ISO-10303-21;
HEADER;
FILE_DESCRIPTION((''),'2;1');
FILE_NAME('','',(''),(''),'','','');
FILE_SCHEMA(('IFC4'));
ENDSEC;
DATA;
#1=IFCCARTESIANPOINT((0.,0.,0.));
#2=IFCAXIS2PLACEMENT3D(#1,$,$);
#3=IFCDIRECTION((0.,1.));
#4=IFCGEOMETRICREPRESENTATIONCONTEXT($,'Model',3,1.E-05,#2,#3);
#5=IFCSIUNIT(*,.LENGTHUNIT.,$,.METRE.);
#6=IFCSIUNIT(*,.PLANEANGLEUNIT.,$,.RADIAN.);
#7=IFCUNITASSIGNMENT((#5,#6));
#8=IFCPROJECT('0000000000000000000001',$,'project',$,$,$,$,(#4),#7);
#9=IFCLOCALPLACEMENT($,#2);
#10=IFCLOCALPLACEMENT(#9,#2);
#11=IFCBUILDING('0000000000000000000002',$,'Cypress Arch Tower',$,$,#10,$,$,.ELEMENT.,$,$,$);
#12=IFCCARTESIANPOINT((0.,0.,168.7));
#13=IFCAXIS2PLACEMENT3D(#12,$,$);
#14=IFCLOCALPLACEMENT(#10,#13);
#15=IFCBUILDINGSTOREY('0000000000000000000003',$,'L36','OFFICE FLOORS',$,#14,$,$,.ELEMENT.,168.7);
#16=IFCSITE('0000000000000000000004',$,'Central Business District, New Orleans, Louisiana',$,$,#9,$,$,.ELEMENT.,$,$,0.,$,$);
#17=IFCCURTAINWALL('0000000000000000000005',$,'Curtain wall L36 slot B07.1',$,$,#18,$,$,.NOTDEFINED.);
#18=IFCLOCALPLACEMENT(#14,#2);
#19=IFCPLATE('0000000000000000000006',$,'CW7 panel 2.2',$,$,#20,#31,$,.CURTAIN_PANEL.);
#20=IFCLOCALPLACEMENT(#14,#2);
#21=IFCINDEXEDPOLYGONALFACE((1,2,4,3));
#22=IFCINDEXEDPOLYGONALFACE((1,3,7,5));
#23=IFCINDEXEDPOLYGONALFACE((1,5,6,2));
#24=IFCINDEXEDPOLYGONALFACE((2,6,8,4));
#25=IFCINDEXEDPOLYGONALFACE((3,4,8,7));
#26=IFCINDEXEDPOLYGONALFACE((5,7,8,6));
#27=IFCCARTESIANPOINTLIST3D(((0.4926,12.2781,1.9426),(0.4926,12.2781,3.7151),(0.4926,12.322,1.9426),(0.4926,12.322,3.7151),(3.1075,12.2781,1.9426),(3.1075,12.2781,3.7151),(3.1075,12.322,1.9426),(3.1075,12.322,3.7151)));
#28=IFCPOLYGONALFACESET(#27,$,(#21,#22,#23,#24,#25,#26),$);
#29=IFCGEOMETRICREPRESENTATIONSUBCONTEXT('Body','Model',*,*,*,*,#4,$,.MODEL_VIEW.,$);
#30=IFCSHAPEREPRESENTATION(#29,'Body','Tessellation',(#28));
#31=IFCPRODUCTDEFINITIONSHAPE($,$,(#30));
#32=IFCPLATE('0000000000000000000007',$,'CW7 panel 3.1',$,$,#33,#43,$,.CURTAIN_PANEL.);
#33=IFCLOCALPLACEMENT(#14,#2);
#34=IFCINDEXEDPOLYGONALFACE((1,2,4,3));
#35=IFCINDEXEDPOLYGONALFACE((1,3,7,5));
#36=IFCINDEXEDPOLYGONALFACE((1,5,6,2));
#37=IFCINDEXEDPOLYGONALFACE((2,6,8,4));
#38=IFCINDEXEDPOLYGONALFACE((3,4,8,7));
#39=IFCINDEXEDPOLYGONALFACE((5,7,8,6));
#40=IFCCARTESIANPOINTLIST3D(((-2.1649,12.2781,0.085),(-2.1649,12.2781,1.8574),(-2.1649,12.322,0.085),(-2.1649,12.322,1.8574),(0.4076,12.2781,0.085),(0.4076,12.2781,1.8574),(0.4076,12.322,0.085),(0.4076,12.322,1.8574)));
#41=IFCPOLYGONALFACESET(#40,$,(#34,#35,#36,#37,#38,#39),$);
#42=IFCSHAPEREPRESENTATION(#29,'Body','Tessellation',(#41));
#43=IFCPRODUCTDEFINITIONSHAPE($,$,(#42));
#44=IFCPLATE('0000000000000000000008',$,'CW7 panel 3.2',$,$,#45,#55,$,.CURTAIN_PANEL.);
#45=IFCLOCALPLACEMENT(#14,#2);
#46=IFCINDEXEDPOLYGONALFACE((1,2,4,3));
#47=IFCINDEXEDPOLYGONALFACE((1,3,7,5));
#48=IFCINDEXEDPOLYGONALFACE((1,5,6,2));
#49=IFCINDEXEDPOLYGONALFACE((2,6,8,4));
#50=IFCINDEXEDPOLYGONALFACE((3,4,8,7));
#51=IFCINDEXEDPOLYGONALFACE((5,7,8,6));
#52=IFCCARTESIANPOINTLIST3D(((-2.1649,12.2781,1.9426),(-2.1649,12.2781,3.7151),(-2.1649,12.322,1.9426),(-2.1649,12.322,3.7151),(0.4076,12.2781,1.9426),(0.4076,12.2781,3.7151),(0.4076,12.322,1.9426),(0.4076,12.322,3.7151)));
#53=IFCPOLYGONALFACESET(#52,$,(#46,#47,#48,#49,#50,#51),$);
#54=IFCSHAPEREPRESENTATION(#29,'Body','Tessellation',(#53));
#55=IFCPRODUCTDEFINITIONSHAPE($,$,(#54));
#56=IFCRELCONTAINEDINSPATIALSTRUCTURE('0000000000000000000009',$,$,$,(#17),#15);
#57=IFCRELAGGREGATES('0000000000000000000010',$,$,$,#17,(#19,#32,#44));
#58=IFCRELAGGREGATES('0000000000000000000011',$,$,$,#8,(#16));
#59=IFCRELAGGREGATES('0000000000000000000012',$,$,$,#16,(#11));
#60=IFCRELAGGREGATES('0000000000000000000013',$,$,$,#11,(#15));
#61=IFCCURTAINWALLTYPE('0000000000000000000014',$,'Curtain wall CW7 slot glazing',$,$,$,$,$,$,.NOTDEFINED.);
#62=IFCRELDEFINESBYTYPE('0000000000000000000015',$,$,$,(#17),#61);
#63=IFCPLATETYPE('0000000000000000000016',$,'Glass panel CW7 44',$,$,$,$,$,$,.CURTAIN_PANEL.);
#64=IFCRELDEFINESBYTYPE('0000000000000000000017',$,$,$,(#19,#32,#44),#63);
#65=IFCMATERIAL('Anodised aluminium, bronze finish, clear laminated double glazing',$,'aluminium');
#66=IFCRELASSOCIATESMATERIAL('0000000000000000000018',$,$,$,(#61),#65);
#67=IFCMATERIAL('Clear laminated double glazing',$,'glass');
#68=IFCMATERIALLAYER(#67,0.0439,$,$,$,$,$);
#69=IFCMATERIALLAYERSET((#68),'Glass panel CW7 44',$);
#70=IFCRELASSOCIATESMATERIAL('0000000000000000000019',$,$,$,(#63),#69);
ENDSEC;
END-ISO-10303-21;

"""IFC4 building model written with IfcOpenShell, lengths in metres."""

from ifc_helpers import new_model, si_unit, direction, frame, origin, origin_2d, place, context, subcontext, project, spatial, rectangle, extrude, material, layer, layer_set, type_object, element, aggregate, save


model = new_model("IFC4")

# Units and contexts
model_context = context("Model", 3, precision=1e-05, world=origin(), true_north=direction((0.0, 1.0)))
body_context = subcontext(model_context, "Body", "Model", "MODEL_VIEW")
ifc_project = project(units=[si_unit("LENGTHUNIT", "METRE"), si_unit("PLANEANGLEUNIT", "RADIAN")], contexts=[model_context])

# Site, building, storey
site_placement = place(None, origin())
site = spatial("IfcSite", under=ifc_project, at=site_placement, Name="Central Business District, New Orleans, Louisiana", CompositionType="ELEMENT", RefElevation=0.0)
building_placement = place(site_placement, origin())
building = spatial("IfcBuilding", under=site, at=building_placement, Name="Cypress Arch Tower", CompositionType="ELEMENT")
storey_placement = place(building_placement, frame((0.0, 0.0, 168.7)))
storey = spatial("IfcBuildingStorey", under=building, at=storey_placement, Name="L36", Description="OFFICE FLOORS", CompositionType="ELEMENT", Elevation=168.7)

# Curtain wall
ifc_material_1 = material(Name="Anodised aluminium, bronze finish, clear laminated double glazing", Category="aluminium")
curtain_wall_type = type_object("IfcCurtainWallType", Name="Curtain wall CW7 slot glazing", PredefinedType="NOTDEFINED", material=ifc_material_1)
curtain_wall_placement = place(storey_placement, origin())
curtain_wall = element("IfcCurtainWall", 1, at=curtain_wall_placement, inside=storey, type_object=curtain_wall_type, Name="Curtain wall L36 slot B07.1", PredefinedType="NOTDEFINED")

# Plates
ifc_material_2 = material(Name="Clear laminated double glazing", Category="glass")
ifc_layer = layer(ifc_material_2, 0.0439)
ifc_layer_set = layer_set([ifc_layer], Name="Glass panel CW7 44")
plate_type = type_object("IfcPlateType", Name="Glass panel CW7 44", PredefinedType="CURTAIN_PANEL", material=ifc_layer_set)
plate_1_placement = place(storey_placement, frame((1.8, 12.3, 1.9426), z_axis=(0.0, 0.0, 1.0), x_axis=(-1.0, 0.0, 0.0)))
plate_1 = element("IfcPlate", 2, at=plate_1_placement, type_object=plate_type, Name="CW7 panel 2.2", PredefinedType="CURTAIN_PANEL", context=body_context, shape_type="SweptSolid", body=[
    extrude(rectangle(XDim=2.615, YDim=0.0439, at=origin_2d()), origin(), (0.0, 0.0, 1.0), 1.7725),
])
plate_2_placement = place(storey_placement, frame((-0.8787, 12.3, 0.085), z_axis=(0.0, 0.0, 1.0), x_axis=(-1.0, 0.0, 0.0)))
plate_2 = element("IfcPlate", 3, at=plate_2_placement, type_object=plate_type, Name="CW7 panel 3.1", PredefinedType="CURTAIN_PANEL", context=body_context, shape_type="SweptSolid", body=[
    extrude(rectangle(XDim=2.5725, YDim=0.0439, at=origin_2d()), origin(), (0.0, 0.0, 1.0), 1.7725),
])
plate_3_placement = place(storey_placement, frame((-0.8787, 12.3, 1.9426), z_axis=(0.0, 0.0, 1.0), x_axis=(-1.0, 0.0, 0.0)))
plate_3 = element("IfcPlate", 4, at=plate_3_placement, type_object=plate_type, Name="CW7 panel 3.2", PredefinedType="CURTAIN_PANEL", context=body_context, shape_type="SweptSolid", body=[
    extrude(rectangle(XDim=2.5725, YDim=0.0439, at=origin_2d()), origin(), (0.0, 0.0, 1.0), 1.7725),
])
aggregate(curtain_wall, [plate_1, plate_2, plate_3])

save(model, "model.ifc")
